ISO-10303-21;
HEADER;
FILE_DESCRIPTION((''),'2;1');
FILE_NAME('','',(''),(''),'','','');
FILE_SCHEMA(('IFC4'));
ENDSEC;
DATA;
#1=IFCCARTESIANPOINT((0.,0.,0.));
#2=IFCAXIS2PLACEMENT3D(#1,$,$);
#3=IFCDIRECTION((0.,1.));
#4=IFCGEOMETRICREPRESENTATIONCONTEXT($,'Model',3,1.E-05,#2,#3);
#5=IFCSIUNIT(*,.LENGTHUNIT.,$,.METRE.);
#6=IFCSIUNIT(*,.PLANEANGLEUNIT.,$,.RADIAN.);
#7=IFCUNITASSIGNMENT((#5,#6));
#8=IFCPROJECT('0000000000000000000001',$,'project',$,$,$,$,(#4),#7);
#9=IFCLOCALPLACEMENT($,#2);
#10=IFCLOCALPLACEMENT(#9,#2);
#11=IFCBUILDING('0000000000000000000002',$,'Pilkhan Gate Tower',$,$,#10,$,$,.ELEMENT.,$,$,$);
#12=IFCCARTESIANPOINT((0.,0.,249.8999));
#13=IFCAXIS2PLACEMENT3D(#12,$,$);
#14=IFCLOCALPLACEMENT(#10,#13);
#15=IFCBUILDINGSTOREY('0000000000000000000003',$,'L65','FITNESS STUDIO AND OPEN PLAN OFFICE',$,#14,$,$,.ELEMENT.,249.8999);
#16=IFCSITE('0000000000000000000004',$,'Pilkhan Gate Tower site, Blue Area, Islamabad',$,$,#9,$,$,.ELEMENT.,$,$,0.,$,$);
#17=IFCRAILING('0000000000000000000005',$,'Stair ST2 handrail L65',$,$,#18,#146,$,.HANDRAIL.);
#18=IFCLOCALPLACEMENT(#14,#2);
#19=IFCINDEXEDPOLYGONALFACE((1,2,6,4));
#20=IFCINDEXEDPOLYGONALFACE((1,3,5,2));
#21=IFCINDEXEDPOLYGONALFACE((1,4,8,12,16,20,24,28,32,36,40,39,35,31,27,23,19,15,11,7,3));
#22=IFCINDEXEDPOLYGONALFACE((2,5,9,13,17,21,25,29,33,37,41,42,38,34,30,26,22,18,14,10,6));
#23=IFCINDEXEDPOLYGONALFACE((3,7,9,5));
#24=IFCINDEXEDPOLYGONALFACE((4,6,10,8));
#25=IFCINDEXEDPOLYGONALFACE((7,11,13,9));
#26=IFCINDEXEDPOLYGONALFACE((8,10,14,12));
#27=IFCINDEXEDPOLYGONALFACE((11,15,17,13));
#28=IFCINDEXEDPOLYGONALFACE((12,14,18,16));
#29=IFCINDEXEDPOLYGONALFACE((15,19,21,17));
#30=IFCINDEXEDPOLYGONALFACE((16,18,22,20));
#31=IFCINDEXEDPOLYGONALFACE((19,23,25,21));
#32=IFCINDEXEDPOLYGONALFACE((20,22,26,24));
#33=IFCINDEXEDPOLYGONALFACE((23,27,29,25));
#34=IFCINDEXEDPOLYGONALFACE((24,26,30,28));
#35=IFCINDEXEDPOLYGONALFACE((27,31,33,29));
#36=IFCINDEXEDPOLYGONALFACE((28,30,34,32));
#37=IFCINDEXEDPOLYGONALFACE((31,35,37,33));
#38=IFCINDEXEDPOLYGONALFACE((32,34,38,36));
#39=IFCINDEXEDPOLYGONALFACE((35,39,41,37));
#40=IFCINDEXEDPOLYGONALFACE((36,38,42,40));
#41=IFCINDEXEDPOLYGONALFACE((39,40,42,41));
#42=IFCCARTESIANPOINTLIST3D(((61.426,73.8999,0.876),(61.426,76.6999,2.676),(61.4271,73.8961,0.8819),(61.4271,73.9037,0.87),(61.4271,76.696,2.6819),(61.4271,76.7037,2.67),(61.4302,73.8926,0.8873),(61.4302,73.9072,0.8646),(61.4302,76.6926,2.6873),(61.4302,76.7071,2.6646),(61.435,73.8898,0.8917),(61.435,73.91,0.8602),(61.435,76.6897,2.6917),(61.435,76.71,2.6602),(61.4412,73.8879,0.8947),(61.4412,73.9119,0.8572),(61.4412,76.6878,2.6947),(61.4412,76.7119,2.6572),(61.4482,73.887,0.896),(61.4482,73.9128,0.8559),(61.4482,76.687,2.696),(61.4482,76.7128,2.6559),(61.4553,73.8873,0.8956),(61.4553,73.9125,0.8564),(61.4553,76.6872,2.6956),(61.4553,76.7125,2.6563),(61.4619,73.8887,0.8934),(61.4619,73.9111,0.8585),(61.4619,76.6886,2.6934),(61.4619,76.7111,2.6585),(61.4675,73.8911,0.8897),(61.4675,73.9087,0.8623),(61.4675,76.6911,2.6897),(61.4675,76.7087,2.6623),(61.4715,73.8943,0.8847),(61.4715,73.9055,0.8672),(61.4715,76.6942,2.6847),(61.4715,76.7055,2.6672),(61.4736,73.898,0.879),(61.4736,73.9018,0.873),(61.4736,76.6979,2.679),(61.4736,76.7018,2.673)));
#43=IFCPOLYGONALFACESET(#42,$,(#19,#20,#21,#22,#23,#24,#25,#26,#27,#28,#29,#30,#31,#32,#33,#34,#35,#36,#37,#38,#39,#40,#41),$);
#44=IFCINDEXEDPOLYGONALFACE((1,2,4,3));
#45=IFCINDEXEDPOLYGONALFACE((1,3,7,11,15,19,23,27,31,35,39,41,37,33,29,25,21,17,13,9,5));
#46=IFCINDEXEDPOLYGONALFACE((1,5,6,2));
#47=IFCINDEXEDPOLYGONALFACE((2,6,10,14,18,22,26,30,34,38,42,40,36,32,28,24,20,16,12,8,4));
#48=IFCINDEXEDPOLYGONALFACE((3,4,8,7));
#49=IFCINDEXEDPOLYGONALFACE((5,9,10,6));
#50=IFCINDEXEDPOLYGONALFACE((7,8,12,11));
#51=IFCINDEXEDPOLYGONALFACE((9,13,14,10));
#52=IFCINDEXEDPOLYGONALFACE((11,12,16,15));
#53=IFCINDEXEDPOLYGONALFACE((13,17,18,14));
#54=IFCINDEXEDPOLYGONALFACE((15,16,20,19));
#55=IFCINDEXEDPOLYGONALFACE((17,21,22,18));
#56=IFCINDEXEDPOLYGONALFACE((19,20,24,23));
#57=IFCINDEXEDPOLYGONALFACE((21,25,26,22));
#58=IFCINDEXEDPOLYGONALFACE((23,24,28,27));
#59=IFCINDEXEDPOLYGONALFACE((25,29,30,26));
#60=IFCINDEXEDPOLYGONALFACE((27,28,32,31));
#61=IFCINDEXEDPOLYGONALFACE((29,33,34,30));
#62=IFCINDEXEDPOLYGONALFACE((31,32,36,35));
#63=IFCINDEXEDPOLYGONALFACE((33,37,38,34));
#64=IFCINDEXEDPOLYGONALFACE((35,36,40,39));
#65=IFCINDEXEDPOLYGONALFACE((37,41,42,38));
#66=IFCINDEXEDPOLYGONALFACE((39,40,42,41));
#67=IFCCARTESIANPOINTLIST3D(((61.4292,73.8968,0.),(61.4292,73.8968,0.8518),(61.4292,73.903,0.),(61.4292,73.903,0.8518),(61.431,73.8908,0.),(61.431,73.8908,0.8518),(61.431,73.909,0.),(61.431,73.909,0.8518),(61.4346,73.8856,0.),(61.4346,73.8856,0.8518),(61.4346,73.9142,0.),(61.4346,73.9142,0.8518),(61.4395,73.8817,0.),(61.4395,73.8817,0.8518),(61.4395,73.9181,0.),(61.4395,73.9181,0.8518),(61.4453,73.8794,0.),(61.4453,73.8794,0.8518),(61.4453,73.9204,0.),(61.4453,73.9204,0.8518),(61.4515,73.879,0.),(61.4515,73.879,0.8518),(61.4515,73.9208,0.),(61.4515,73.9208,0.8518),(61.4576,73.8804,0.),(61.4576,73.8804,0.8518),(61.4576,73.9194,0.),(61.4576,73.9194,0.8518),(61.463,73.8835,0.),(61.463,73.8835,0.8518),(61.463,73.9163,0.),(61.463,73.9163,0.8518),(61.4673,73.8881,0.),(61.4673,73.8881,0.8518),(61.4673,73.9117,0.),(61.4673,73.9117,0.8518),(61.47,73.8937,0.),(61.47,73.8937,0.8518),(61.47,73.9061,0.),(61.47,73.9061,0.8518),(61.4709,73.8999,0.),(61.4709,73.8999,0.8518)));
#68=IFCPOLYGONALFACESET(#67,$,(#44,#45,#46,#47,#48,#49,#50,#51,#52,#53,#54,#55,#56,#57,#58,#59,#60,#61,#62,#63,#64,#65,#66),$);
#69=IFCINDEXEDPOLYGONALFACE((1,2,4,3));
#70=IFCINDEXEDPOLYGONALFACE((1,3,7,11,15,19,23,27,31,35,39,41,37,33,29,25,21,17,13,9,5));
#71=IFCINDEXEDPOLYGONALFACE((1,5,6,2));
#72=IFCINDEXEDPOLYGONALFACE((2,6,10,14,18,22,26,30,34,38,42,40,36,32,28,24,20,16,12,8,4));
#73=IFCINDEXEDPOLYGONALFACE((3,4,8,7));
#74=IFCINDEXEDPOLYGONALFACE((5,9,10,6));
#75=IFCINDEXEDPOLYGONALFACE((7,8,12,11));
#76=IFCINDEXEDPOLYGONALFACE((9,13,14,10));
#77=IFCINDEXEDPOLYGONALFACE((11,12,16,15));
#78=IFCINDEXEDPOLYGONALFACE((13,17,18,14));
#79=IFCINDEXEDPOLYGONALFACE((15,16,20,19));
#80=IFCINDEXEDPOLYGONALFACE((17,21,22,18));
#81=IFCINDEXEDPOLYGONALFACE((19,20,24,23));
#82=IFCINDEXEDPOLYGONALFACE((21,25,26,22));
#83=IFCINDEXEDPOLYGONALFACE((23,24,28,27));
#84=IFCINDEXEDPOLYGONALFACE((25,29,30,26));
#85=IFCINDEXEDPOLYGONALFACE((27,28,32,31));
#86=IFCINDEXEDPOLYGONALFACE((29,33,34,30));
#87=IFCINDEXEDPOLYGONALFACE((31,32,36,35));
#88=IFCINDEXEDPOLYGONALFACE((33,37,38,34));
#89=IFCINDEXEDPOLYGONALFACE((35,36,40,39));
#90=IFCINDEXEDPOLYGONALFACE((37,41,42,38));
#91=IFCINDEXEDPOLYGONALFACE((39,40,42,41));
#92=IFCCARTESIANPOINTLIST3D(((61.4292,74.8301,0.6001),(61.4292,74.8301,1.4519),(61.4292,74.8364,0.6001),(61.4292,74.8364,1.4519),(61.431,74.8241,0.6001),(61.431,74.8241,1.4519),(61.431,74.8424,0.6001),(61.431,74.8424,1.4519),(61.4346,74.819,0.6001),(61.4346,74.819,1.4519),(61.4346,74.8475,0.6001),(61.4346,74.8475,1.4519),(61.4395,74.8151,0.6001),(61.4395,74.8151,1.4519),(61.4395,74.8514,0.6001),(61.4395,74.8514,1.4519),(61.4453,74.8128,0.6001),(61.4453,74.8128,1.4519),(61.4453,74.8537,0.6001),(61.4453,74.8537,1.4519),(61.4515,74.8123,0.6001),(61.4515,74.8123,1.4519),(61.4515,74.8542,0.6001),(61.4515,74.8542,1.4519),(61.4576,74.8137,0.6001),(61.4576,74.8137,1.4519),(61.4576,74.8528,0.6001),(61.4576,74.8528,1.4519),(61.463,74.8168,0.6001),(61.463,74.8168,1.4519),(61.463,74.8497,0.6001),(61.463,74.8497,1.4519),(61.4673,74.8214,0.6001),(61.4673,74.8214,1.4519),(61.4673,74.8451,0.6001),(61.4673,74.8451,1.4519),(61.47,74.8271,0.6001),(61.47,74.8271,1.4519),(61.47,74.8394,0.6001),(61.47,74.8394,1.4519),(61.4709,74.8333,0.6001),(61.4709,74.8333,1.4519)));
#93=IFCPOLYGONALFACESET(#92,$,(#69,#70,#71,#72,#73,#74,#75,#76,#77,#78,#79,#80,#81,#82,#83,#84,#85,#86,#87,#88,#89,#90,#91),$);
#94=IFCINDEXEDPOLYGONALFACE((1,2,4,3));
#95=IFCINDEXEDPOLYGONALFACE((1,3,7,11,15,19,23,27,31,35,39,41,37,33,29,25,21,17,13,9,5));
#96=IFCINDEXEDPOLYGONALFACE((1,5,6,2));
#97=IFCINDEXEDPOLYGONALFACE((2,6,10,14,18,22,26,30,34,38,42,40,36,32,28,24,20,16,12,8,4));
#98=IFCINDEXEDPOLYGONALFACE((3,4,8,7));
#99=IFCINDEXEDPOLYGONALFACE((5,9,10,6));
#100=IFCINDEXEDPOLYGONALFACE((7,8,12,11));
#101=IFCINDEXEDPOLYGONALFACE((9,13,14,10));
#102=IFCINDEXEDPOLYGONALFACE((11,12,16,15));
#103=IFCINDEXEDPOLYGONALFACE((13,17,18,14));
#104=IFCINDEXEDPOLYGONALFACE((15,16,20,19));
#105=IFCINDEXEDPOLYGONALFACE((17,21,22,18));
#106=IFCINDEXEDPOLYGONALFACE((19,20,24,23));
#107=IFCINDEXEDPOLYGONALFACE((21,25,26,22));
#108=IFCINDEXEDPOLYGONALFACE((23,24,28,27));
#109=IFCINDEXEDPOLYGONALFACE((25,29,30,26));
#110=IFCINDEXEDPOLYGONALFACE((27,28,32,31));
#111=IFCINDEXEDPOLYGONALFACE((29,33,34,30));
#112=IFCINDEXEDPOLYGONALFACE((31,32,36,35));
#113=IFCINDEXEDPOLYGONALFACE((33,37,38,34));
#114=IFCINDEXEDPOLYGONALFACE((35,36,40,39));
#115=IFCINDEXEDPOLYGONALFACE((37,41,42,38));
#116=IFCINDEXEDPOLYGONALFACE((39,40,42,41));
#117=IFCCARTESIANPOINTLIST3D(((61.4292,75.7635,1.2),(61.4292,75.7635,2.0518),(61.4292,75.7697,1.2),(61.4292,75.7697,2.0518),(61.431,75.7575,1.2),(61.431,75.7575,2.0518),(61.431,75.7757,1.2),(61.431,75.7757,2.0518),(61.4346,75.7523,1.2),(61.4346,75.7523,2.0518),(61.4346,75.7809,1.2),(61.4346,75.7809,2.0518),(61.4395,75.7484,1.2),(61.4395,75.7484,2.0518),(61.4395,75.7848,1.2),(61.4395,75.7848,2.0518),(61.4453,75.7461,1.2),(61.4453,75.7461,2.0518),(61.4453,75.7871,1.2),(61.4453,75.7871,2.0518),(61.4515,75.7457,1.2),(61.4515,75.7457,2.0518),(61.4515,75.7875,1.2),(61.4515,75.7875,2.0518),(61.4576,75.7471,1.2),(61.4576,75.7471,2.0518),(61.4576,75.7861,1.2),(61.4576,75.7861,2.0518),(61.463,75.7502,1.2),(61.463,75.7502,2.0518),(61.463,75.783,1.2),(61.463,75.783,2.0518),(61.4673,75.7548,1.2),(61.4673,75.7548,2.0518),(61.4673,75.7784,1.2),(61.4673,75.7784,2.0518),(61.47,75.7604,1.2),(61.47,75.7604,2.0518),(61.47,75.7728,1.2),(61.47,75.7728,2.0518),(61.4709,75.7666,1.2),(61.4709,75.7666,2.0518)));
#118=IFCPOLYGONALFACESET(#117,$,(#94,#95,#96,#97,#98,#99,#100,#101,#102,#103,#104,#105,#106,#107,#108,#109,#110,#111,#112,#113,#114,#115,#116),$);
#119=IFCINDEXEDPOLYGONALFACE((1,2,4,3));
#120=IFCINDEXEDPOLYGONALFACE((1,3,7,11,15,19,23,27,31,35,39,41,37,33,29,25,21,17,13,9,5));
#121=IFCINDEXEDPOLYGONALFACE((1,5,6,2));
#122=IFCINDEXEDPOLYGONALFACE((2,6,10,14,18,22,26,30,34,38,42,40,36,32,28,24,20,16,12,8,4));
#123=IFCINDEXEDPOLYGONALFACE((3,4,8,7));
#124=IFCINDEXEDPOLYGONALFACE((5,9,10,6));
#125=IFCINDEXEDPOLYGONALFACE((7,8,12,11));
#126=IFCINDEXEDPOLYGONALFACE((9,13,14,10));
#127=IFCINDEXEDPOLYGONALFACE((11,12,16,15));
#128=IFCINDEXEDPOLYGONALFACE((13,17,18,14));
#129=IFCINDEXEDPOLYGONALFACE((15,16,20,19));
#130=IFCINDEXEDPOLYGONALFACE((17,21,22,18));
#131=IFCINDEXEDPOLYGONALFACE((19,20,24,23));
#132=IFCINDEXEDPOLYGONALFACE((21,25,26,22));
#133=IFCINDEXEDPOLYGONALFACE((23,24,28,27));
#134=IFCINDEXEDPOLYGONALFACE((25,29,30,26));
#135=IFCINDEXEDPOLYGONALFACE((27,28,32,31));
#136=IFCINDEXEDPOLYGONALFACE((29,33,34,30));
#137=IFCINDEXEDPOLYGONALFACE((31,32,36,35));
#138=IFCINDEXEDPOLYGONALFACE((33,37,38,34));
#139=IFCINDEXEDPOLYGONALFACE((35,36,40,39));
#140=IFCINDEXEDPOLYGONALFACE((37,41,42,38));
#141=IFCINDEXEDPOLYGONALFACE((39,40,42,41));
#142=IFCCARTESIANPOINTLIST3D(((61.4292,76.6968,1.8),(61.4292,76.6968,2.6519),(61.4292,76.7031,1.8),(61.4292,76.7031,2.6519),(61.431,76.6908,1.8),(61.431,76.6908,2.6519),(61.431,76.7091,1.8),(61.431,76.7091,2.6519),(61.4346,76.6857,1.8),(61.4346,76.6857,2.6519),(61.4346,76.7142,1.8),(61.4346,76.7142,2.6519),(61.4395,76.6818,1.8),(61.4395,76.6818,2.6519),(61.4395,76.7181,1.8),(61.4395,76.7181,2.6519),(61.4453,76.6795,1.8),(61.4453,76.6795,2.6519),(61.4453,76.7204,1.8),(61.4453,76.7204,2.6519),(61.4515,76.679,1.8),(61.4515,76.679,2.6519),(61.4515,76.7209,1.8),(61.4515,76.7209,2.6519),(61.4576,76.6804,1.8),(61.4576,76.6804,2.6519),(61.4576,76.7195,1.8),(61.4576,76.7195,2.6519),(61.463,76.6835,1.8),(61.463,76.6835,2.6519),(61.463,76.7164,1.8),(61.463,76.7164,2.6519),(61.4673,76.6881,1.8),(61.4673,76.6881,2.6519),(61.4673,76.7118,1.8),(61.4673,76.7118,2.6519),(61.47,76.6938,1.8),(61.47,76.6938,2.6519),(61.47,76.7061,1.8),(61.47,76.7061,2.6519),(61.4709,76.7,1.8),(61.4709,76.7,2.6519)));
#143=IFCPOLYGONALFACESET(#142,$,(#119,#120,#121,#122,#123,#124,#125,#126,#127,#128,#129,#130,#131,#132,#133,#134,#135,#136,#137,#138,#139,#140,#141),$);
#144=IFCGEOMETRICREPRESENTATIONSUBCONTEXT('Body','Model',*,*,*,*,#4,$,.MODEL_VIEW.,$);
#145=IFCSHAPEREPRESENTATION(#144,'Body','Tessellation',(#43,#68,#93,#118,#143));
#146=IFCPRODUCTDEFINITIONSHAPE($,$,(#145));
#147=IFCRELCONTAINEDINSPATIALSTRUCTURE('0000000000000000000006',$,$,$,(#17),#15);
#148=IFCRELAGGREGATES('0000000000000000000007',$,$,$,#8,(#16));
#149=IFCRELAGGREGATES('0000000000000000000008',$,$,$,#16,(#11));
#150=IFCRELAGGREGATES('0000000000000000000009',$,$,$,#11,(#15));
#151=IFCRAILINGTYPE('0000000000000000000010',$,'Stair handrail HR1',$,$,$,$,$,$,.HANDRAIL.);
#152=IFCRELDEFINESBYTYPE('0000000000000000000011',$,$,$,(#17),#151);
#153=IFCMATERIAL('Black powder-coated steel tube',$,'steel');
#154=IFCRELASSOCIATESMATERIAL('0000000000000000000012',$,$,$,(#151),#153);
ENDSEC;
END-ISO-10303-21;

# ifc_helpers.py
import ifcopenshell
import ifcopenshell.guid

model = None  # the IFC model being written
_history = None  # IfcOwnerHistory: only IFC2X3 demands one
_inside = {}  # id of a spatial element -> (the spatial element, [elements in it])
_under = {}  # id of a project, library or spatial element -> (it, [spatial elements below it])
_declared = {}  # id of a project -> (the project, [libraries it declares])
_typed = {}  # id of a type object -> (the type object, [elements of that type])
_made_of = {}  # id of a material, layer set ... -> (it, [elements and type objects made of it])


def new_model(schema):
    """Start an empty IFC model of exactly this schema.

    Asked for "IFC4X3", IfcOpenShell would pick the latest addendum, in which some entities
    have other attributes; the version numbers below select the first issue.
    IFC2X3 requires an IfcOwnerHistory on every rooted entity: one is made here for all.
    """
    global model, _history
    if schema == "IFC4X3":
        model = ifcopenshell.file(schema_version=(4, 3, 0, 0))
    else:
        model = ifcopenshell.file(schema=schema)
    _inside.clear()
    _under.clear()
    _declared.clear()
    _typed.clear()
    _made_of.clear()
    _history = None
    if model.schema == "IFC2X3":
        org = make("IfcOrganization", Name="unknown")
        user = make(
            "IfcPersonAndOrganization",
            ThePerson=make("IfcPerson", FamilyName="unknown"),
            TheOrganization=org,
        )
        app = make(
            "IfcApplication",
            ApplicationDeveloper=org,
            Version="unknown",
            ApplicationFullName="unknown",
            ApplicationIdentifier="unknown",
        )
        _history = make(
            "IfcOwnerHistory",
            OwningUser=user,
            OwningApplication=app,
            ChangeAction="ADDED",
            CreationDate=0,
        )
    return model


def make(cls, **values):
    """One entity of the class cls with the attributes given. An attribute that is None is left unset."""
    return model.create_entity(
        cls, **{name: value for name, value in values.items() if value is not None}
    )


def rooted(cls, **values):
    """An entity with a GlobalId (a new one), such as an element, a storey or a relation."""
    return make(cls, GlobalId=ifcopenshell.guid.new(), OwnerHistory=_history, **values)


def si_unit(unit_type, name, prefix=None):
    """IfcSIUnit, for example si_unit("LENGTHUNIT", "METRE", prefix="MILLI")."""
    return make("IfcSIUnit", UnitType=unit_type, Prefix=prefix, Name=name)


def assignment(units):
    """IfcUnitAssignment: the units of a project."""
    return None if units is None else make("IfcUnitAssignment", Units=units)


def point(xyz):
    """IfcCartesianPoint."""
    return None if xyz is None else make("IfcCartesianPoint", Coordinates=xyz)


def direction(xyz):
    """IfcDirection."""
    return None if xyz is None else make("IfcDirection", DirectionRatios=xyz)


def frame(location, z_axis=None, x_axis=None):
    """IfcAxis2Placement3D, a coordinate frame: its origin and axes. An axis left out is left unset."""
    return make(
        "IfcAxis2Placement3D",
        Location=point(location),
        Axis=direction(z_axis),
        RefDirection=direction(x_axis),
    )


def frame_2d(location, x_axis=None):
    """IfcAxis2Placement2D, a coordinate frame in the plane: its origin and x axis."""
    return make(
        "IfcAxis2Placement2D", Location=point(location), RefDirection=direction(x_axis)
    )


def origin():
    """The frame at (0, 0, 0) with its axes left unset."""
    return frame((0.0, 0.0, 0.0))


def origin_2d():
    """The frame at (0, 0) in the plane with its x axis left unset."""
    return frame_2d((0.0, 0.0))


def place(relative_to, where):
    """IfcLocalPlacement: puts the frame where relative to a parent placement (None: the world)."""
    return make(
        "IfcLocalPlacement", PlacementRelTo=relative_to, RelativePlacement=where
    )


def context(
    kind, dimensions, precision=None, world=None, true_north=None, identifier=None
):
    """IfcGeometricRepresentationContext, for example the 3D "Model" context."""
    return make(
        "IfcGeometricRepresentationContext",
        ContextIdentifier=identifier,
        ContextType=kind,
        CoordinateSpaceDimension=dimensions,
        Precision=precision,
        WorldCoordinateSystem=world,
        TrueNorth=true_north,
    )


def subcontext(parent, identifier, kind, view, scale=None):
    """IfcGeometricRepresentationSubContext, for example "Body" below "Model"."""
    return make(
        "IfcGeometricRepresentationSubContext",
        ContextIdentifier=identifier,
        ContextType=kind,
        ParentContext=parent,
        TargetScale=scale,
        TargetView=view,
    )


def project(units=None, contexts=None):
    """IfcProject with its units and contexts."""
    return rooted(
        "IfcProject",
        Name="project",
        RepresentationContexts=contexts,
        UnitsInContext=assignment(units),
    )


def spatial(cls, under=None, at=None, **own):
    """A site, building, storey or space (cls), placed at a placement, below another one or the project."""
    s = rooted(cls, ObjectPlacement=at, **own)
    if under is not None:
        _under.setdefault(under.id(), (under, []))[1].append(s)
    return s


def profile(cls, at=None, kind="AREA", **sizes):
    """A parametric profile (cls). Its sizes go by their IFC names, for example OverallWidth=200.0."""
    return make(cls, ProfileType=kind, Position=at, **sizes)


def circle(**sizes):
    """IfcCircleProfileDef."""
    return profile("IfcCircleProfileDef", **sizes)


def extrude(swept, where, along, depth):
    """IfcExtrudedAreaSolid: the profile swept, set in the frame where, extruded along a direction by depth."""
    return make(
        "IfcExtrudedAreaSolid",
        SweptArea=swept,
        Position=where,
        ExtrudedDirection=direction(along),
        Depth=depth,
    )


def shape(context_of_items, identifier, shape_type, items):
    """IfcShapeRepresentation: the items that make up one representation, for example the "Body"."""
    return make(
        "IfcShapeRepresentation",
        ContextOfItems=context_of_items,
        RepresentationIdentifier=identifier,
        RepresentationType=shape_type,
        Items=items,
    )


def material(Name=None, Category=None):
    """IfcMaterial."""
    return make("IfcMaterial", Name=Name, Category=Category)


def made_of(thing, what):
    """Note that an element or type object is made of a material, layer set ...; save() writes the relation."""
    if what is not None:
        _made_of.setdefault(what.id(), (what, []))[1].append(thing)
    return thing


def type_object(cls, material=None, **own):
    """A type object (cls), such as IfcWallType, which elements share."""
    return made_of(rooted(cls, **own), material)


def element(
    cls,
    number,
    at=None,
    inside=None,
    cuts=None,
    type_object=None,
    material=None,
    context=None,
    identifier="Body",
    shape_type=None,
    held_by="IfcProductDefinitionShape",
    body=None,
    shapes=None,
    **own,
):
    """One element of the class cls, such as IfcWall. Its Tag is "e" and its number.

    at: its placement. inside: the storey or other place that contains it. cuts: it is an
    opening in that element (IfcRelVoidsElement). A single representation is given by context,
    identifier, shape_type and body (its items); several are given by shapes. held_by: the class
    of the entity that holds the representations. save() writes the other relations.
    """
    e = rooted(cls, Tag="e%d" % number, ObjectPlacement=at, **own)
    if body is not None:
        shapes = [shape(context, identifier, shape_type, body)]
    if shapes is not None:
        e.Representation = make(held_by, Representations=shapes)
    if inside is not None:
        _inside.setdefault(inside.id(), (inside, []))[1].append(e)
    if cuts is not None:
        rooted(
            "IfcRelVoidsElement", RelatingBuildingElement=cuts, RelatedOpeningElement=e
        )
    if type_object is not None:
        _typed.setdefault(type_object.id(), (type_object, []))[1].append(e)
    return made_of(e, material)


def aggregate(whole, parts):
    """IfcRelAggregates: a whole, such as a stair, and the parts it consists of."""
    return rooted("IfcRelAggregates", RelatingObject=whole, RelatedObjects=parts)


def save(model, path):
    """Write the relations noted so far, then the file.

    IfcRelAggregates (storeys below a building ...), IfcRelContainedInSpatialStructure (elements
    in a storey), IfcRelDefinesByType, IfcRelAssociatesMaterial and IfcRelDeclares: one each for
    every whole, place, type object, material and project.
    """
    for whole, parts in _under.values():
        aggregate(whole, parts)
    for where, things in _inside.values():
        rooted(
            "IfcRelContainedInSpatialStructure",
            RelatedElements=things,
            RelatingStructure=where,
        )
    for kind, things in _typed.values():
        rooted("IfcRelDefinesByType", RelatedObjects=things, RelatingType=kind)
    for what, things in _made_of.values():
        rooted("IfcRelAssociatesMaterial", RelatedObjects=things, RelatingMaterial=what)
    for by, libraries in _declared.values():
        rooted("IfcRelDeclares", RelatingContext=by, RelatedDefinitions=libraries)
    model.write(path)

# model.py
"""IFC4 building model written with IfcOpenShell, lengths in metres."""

from ifc_helpers import new_model, si_unit, direction, frame, origin, origin_2d, place, context, subcontext, project, spatial, circle, extrude, material, type_object, element, save


model = new_model("IFC4")

# Units and contexts
model_context = context("Model", 3, precision=1e-05, world=origin(), true_north=direction((0.0, 1.0)))
body_context = subcontext(model_context, "Body", "Model", "MODEL_VIEW")
ifc_project = project(units=[si_unit("LENGTHUNIT", "METRE"), si_unit("PLANEANGLEUNIT", "RADIAN")], contexts=[model_context])

# Site, building, storey
site_placement = place(None, origin())
site = spatial("IfcSite", under=ifc_project, at=site_placement, Name="Pilkhan Gate Tower site, Blue Area, Islamabad", CompositionType="ELEMENT", RefElevation=0.0)
building_placement = place(site_placement, origin())
building = spatial("IfcBuilding", under=site, at=building_placement, Name="Pilkhan Gate Tower", CompositionType="ELEMENT")
storey_placement = place(building_placement, frame((0.0, 0.0, 249.8999)))
storey = spatial("IfcBuildingStorey", under=building, at=storey_placement, Name="L65", Description="FITNESS STUDIO AND OPEN PLAN OFFICE", CompositionType="ELEMENT", Elevation=249.8999)

# Railing
ifc_material_1 = material(Name="Black powder-coated steel tube", Category="steel")
railing_type_1 = type_object("IfcRailingType", Name="Stair handrail HR1", PredefinedType="HANDRAIL", material=ifc_material_1)
railing_1_placement = place(storey_placement, frame((61.45, 73.8999, 0.0)))
element("IfcRailing", 1, at=railing_1_placement, inside=storey, type_object=railing_type_1, Name="Stair ST2 handrail L65", PredefinedType="HANDRAIL", context=body_context, shape_type="SweptSolid", body=[
    extrude(circle(Radius=0.0239, at=origin_2d()), frame((0.0, 0.0, 0.876), z_axis=(0.0, 0.841176, 0.540761), x_axis=(-1.0, 0.0, 0.0)), (0.0, 0.0, 1.0), 3.3286),
    extrude(circle(Radius=0.021, at=origin_2d()), origin(), (0.0, 0.0, 1.0), 0.8518),
    extrude(circle(Radius=0.021, at=origin_2d()), frame((0.0, 0.9333, 0.6001)), (0.0, 0.0, 1.0), 0.8518),
    extrude(circle(Radius=0.021, at=origin_2d()), frame((0.0, 1.8667, 1.2)), (0.0, 0.0, 1.0), 0.8518),
    extrude(circle(Radius=0.021, at=origin_2d()), frame((0.0, 2.8, 1.8)), (0.0, 0.0, 1.0), 0.8518),
])

save(model, "model.ifc")
